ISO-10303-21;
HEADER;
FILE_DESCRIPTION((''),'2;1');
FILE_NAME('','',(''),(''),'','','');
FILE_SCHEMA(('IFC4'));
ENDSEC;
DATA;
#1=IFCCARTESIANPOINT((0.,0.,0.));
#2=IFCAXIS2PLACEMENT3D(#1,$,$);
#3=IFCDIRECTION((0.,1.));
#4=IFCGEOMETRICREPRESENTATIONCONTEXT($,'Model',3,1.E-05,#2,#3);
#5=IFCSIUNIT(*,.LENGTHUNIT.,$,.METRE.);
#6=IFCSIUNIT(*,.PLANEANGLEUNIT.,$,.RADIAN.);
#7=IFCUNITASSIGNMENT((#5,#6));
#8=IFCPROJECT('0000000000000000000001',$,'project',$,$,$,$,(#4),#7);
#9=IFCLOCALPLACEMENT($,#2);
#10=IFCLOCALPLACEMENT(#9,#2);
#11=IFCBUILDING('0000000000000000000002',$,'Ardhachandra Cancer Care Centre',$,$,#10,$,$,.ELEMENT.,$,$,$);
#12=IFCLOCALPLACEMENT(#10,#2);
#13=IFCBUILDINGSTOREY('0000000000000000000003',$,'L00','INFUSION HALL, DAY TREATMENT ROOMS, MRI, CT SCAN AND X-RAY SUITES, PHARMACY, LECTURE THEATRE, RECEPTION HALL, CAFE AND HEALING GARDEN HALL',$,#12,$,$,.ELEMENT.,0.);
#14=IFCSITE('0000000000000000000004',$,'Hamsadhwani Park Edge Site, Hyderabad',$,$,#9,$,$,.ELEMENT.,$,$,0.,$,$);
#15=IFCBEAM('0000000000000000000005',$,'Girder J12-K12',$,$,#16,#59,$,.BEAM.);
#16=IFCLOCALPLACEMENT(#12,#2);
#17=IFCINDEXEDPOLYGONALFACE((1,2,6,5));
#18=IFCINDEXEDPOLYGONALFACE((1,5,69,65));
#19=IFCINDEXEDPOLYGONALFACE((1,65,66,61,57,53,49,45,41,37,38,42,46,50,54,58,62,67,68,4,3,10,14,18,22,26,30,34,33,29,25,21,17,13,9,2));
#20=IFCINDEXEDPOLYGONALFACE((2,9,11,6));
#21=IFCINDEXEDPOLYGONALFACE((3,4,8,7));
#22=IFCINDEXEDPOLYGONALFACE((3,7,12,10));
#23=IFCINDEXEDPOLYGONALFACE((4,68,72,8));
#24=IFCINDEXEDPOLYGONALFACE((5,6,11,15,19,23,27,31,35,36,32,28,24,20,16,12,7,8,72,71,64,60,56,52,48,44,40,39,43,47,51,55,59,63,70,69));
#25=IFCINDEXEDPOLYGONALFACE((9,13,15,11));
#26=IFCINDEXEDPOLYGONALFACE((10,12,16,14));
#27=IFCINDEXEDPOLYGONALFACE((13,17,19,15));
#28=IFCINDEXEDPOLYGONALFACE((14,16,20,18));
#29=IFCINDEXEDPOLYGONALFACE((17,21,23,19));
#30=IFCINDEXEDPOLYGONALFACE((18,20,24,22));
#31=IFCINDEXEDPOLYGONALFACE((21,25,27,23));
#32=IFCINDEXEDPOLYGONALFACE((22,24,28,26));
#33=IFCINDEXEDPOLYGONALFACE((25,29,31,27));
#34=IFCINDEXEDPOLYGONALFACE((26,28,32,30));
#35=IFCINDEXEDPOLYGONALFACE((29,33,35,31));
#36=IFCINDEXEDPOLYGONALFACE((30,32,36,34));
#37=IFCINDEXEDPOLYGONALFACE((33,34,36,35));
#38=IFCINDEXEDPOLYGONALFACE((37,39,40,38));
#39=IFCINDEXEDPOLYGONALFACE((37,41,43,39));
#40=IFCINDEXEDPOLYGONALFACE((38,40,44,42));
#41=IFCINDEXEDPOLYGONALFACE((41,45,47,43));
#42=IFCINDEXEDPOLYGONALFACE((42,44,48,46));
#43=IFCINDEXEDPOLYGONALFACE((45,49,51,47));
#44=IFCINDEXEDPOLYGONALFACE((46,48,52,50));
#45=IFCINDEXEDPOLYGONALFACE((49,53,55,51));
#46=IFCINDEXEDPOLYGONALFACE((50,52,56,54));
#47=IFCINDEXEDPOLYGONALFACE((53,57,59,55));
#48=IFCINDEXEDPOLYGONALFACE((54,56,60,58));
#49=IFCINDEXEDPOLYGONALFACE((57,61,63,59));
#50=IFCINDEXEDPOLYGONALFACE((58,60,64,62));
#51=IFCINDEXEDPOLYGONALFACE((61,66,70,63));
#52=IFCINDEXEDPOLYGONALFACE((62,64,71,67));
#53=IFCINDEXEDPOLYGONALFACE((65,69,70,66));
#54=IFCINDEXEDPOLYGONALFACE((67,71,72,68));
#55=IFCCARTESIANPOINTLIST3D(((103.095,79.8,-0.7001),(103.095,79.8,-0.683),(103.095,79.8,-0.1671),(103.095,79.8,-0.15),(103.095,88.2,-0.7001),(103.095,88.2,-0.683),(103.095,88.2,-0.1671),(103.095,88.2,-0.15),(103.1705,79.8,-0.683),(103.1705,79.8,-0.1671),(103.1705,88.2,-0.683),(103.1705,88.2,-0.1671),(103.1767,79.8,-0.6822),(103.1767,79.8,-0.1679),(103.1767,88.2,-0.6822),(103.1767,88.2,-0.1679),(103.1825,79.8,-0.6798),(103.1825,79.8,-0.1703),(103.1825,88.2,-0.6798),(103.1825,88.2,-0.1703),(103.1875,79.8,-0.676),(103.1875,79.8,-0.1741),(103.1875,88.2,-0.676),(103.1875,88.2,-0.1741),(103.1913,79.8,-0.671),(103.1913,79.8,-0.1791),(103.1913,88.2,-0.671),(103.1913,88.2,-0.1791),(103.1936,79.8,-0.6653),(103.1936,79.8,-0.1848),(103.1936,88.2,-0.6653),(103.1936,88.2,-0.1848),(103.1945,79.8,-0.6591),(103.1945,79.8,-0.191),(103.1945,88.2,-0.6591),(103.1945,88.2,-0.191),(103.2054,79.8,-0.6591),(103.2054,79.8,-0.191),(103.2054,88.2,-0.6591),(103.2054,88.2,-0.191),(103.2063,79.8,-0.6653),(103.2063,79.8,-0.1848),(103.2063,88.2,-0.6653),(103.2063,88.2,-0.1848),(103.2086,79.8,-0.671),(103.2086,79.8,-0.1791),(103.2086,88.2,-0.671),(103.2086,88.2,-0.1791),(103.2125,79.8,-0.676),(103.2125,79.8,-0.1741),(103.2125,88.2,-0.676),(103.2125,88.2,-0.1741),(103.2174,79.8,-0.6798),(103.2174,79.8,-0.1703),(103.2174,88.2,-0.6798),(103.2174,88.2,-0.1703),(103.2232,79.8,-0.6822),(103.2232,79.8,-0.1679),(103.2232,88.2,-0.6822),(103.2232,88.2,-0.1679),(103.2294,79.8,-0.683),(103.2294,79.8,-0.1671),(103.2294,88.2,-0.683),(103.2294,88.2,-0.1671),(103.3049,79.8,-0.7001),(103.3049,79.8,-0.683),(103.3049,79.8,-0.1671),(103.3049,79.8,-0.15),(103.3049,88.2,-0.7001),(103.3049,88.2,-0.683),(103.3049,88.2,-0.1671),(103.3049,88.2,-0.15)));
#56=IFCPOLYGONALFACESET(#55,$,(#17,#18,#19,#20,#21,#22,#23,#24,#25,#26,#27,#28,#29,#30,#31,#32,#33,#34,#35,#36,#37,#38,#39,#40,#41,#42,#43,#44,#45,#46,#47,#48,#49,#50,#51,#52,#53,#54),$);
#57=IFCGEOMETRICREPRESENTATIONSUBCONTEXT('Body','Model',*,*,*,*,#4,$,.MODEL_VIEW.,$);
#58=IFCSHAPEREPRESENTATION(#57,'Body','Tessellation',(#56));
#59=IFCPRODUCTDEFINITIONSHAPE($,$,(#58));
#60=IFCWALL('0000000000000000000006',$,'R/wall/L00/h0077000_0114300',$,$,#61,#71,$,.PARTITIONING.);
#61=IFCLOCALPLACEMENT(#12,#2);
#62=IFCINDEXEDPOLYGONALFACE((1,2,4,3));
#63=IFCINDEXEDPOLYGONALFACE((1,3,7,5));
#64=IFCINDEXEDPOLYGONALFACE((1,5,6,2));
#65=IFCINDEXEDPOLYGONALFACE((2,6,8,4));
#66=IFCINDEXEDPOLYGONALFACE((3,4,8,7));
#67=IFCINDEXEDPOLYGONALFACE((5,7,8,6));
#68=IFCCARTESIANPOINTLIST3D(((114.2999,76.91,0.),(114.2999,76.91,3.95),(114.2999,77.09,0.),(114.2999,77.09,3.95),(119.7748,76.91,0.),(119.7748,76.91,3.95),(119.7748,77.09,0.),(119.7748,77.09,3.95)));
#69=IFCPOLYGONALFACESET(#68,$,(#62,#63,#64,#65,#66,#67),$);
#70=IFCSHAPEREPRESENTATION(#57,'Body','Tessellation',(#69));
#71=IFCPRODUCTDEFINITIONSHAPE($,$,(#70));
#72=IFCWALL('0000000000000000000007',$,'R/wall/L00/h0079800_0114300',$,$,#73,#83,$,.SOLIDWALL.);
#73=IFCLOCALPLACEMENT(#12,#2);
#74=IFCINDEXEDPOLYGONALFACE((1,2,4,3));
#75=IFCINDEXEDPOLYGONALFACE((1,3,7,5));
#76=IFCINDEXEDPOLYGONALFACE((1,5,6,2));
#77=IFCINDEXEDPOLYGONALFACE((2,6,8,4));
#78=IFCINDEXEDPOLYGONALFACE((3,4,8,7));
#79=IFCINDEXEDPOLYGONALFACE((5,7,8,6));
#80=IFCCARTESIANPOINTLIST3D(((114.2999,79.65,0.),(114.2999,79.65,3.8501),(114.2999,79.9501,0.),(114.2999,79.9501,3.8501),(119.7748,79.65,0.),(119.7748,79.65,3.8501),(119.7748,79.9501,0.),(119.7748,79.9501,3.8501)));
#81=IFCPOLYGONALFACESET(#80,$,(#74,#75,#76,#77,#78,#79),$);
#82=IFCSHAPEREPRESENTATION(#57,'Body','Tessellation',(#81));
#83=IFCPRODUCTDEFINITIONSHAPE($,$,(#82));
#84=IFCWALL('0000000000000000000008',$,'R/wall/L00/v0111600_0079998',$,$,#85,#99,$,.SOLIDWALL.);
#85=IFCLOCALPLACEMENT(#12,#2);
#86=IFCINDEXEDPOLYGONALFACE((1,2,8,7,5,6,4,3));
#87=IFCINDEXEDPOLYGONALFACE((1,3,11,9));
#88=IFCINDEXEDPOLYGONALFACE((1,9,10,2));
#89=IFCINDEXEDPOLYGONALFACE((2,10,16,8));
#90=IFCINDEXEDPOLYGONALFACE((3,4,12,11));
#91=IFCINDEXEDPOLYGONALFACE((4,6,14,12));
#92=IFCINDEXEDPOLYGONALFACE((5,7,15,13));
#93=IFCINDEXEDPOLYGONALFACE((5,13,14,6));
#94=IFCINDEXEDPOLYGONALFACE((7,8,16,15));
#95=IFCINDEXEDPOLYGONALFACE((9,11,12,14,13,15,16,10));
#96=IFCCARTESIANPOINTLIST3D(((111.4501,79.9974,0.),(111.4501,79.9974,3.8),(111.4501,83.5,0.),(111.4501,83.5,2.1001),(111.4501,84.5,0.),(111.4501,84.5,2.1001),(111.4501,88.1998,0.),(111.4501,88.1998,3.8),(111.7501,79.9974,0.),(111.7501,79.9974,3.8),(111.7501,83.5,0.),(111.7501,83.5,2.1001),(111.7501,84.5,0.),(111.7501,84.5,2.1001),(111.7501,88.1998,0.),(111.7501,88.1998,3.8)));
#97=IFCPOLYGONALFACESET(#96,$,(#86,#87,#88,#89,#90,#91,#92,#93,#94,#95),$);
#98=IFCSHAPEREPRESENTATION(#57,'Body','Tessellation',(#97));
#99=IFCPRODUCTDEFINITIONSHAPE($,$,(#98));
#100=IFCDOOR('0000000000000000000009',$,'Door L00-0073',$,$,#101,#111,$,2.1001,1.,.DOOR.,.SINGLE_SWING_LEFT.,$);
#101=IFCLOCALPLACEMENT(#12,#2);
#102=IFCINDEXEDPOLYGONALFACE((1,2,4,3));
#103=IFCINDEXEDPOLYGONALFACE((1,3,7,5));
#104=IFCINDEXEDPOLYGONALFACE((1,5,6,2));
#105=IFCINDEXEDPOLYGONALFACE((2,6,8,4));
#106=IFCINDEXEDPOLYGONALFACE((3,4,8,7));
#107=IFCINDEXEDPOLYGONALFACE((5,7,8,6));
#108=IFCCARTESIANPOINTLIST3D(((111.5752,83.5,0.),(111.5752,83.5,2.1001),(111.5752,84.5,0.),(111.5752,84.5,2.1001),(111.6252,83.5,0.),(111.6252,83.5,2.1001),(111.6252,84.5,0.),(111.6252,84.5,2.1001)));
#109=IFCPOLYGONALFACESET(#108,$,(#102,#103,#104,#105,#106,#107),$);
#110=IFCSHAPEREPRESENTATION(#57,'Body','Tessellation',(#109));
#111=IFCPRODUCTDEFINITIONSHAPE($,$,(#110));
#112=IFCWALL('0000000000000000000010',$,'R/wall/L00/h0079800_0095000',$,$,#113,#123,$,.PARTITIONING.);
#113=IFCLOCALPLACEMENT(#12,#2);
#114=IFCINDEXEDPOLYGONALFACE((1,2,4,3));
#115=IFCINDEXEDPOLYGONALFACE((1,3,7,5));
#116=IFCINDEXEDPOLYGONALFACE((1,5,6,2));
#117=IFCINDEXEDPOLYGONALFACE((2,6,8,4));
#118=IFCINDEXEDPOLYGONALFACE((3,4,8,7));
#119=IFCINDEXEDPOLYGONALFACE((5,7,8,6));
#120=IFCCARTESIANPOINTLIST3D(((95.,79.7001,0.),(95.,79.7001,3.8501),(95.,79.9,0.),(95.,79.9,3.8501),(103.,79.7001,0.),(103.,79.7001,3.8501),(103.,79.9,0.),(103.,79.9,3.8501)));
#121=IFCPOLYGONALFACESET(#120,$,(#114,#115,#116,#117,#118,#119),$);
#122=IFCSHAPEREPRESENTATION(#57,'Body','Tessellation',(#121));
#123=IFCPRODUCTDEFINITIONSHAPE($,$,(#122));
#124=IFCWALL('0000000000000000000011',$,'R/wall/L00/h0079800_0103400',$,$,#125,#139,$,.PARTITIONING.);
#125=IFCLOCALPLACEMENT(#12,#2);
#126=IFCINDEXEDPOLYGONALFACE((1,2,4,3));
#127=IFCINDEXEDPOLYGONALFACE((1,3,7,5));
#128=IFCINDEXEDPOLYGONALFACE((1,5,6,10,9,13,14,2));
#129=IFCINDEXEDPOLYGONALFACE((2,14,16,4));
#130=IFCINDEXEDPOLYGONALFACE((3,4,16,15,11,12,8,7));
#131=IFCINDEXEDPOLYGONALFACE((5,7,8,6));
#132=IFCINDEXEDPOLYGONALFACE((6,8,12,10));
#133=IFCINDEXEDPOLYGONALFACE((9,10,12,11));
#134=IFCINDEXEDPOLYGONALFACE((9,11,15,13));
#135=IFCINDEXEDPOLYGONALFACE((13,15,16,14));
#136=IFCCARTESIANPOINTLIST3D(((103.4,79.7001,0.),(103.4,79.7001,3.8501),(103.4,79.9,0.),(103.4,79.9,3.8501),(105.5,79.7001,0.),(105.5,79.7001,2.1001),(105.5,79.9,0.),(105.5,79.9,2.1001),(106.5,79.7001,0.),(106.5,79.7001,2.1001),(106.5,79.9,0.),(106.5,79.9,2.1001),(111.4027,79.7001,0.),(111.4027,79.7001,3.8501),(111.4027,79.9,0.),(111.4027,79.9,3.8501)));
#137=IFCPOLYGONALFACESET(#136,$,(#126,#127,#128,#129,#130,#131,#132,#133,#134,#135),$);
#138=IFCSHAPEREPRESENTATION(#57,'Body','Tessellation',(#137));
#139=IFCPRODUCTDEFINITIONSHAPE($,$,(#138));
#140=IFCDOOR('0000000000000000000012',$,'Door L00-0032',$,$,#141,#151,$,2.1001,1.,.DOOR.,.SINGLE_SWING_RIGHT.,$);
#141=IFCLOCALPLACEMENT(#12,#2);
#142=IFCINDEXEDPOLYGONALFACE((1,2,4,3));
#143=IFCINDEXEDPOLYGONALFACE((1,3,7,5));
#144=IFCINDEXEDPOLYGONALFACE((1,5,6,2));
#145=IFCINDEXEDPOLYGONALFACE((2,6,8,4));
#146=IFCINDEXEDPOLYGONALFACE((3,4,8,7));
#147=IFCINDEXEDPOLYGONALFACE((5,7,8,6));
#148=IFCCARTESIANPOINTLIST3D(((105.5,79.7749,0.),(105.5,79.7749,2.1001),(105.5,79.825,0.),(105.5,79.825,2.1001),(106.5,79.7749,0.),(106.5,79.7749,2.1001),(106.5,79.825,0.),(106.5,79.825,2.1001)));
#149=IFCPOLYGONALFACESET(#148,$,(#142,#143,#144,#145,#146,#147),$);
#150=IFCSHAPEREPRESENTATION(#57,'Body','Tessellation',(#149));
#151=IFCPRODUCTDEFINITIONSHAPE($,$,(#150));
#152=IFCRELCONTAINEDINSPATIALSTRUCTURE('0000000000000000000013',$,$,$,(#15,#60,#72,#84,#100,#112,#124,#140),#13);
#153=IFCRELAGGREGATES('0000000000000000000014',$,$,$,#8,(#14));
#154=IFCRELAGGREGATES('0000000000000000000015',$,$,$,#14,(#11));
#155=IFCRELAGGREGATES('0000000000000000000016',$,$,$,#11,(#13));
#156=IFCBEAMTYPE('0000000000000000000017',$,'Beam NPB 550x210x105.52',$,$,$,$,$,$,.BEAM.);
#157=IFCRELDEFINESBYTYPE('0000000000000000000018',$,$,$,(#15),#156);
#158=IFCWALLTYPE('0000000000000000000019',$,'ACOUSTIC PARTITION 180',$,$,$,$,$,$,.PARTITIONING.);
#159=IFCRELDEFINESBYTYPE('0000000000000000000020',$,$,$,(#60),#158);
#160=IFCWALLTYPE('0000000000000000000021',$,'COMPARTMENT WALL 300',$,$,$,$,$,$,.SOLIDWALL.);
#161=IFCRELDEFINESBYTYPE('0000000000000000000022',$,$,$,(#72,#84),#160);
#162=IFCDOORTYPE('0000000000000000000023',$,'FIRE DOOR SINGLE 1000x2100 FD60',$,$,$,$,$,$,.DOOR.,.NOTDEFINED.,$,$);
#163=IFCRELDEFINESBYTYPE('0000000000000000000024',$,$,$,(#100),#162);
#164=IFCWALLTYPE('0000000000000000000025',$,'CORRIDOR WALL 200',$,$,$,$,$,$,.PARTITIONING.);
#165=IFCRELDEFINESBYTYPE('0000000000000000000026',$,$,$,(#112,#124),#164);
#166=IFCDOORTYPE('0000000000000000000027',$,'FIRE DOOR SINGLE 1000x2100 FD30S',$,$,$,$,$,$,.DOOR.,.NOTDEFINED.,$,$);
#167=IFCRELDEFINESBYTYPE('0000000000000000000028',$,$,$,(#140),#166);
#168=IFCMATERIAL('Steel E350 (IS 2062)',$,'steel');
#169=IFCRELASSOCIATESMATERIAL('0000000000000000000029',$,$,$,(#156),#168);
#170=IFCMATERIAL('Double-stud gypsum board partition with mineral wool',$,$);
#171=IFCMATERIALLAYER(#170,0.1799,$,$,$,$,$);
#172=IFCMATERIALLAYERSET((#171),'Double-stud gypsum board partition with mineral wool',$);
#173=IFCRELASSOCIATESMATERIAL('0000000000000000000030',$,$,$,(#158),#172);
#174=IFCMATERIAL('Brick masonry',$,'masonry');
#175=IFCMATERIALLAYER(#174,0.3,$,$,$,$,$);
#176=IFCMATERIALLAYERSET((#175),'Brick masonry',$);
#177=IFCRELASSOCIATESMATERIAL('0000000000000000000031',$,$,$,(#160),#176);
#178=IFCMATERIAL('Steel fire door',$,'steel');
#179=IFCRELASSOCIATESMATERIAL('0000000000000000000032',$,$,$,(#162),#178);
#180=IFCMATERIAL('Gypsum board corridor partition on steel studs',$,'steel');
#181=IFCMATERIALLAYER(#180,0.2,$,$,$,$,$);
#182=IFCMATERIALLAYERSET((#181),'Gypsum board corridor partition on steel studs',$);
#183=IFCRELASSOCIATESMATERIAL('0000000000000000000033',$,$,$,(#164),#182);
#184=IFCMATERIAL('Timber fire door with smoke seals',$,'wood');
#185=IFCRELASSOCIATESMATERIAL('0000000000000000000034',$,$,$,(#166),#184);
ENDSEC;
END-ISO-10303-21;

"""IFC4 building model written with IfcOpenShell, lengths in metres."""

from ifc_helpers import new_model, si_unit, direction, frame, frame_2d, origin, origin_2d, place, context, subcontext, project, spatial, rectangle, i_section, extrude, material, layer, layer_set, material_profile, profile_set, type_object, element, fill, save


model = new_model("IFC4")

# Units and contexts
model_context = context("Model", 3, precision=1e-05, world=origin(), true_north=direction((0.0, 1.0)))
body_context = subcontext(model_context, "Body", "Model", "MODEL_VIEW")
ifc_project = project(units=[si_unit("LENGTHUNIT", "METRE"), si_unit("PLANEANGLEUNIT", "RADIAN")], contexts=[model_context])

# Site, building, storey
site_placement = place(None, origin())
site = spatial("IfcSite", under=ifc_project, at=site_placement, Name="Hamsadhwani Park Edge Site, Hyderabad", CompositionType="ELEMENT", RefElevation=0.0)
building_placement = place(site_placement, origin())
building = spatial("IfcBuilding", under=site, at=building_placement, Name="Ardhachandra Cancer Care Centre", CompositionType="ELEMENT")
storey_placement = place(building_placement, origin())
storey = spatial("IfcBuildingStorey", under=building, at=storey_placement, Name="L00", Description="INFUSION HALL, DAY TREATMENT ROOMS, MRI, CT SCAN AND X-RAY SUITES, PHARMACY, LECTURE THEATRE, RECEPTION HALL, CAFE AND HEALING GARDEN HALL", CompositionType="ELEMENT", Elevation=0.0)

# Beam
ifc_material_1 = material(Name="Steel E350 (IS 2062)", Category="steel")
ifc_material_profile_1 = material_profile(ifc_material_1, i_section(OverallWidth=0.21, OverallDepth=0.55, WebThickness=0.011, FlangeThickness=0.0171, FilletRadius=0.0239, at=origin_2d()), Name="NPB 550x210x105.52")
ifc_profile_set_1 = profile_set([ifc_material_profile_1], Name="Steel E350 (IS 2062)")
beam_type_1 = type_object("IfcBeamType", Name="Beam NPB 550x210x105.52", PredefinedType="BEAM", material=ifc_profile_set_1)
for number, where, z_axis, x_axis, name in (
    (1, (103.2, 79.8, -0.425), (0.0, 1.0, 0.0), (-1.0, 0.0, 0.0), "Girder J12-K12"),
):
    element("IfcBeam", number, at=place(storey_placement, frame(where, z_axis=z_axis, x_axis=x_axis)), inside=storey, type_object=beam_type_1, Name=name, PredefinedType="BEAM", context=body_context, shape_type="SweptSolid", body=[
        extrude(i_section(OverallWidth=0.21, OverallDepth=0.55, WebThickness=0.011, FlangeThickness=0.0171, FilletRadius=0.0239, at=origin_2d()), origin(), (0.0, 0.0, 1.0), 8.3999),
    ])

# Walls
ifc_material_2 = material(Name="Double-stud gypsum board partition with mineral wool")
ifc_layer_1 = layer(ifc_material_2, 0.1799)
ifc_layer_set_1 = layer_set([ifc_layer_1], Name="Double-stud gypsum board partition with mineral wool")
wall_type_1 = type_object("IfcWallType", Name="ACOUSTIC PARTITION 180", PredefinedType="PARTITIONING", material=ifc_layer_set_1)
wall_1_placement = place(storey_placement, frame((114.3, 77.0, 0.0), z_axis=(0.0, 0.0, 1.0), x_axis=(1.0, 0.0, 0.0)))
element("IfcWall", 2, at=wall_1_placement, inside=storey, type_object=wall_type_1, Name="R/wall/L00/h0077000_0114300", PredefinedType="PARTITIONING", context=body_context, shape_type="SweptSolid", body=[
    extrude(rectangle(XDim=5.4749, YDim=0.1799, at=frame_2d((2.7373, 0.0))), origin(), (0.0, 0.0, 1.0), 3.95),
])
ifc_material_3 = material(Name="Brick masonry", Category="masonry")
ifc_layer_2 = layer(ifc_material_3, 0.3)
ifc_layer_set_2 = layer_set([ifc_layer_2], Name="Brick masonry")
wall_type_2 = type_object("IfcWallType", Name="COMPARTMENT WALL 300", PredefinedType="SOLIDWALL", material=ifc_layer_set_2)
wall_2_placement = place(storey_placement, frame((114.3, 79.8, 0.0), z_axis=(0.0, 0.0, 1.0), x_axis=(1.0, 0.0, 0.0)))
element("IfcWall", 3, at=wall_2_placement, inside=storey, type_object=wall_type_2, Name="R/wall/L00/h0079800_0114300", PredefinedType="SOLIDWALL", context=body_context, shape_type="SweptSolid", body=[
    extrude(rectangle(XDim=5.4749, YDim=0.3, at=frame_2d((2.7373, 0.0))), origin(), (0.0, 0.0, 1.0), 3.8501),
])

# Wall, opening, door
wall_3_placement = place(storey_placement, frame((111.6001, 79.9976, 0.0), z_axis=(0.0, 0.0, 1.0), x_axis=(0.0, 1.0, 0.0)))
wall_3 = element("IfcWall", 4, at=wall_3_placement, inside=storey, type_object=wall_type_2, Name="R/wall/L00/v0111600_0079998", PredefinedType="SOLIDWALL", context=body_context, shape_type="SweptSolid", body=[
    extrude(rectangle(XDim=8.2024, YDim=0.3, at=frame_2d((4.1011, 0.0))), origin(), (0.0, 0.0, 1.0), 3.8),
])
opening_1_placement = place(wall_3_placement, frame((3.5024, 0.0, 0.0)))
opening_1 = element("IfcOpeningElement", 5, at=opening_1_placement, cuts=wall_3, PredefinedType="OPENING", context=body_context, shape_type="SweptSolid", body=[
    extrude(rectangle(XDim=1.0, YDim=2.1001, at=frame_2d((0.5, 1.05))), frame((0.0, 0.1602, 0.0), z_axis=(0.0, -1.0, 0.0), x_axis=(1.0, 0.0, 0.0)), (0.0, 0.0, 1.0), 0.3201),
])
ifc_material_4 = material(Name="Steel fire door", Category="steel")
door_type_1 = type_object("IfcDoorType", Name="FIRE DOOR SINGLE 1000x2100 FD60", OperationType="NOTDEFINED", PredefinedType="DOOR", material=ifc_material_4)
door_1_placement = place(opening_1_placement, origin())
door_1 = element("IfcDoor", 6, at=door_1_placement, inside=storey, type_object=door_type_1, Name="Door L00-0073", OperationType="SINGLE_SWING_LEFT", OverallHeight=2.1001, OverallWidth=1.0, PredefinedType="DOOR", context=body_context, shape_type="SweptSolid", body=[
    extrude(rectangle(XDim=1.0, YDim=2.1001, at=frame_2d((0.5, 1.05))), frame((0.0, 0.0249, 0.0), z_axis=(0.0, -1.0, 0.0), x_axis=(1.0, 0.0, 0.0)), (0.0, 0.0, 1.0), 0.05),
])
fill(opening_1, door_1)

# Wall
ifc_material_5 = material(Name="Gypsum board corridor partition on steel studs", Category="steel")
ifc_layer_3 = layer(ifc_material_5, 0.2)
ifc_layer_set_3 = layer_set([ifc_layer_3], Name="Gypsum board corridor partition on steel studs")
wall_type_3 = type_object("IfcWallType", Name="CORRIDOR WALL 200", PredefinedType="PARTITIONING", material=ifc_layer_set_3)
wall_4_placement = place(storey_placement, frame((95.0, 79.8, 0.0), z_axis=(0.0, 0.0, 1.0), x_axis=(1.0, 0.0, 0.0)))
element("IfcWall", 7, at=wall_4_placement, inside=storey, type_object=wall_type_3, Name="R/wall/L00/h0079800_0095000", PredefinedType="PARTITIONING", context=body_context, shape_type="SweptSolid", body=[
    extrude(rectangle(XDim=8.0, YDim=0.2, at=frame_2d((4.0, 0.0))), origin(), (0.0, 0.0, 1.0), 3.8501),
])

# Wall, opening, door
wall_5_placement = place(storey_placement, frame((103.3999, 79.8, 0.0), z_axis=(0.0, 0.0, 1.0), x_axis=(1.0, 0.0, 0.0)))
wall_5 = element("IfcWall", 8, at=wall_5_placement, inside=storey, type_object=wall_type_3, Name="R/wall/L00/h0079800_0103400", PredefinedType="PARTITIONING", context=body_context, shape_type="SweptSolid", body=[
    extrude(rectangle(XDim=8.0027, YDim=0.2, at=frame_2d((4.0015, 0.0))), origin(), (0.0, 0.0, 1.0), 3.8501),
])
opening_2_placement = place(wall_5_placement, frame((2.1001, 0.0, 0.0)))
opening_2 = element("IfcOpeningElement", 9, at=opening_2_placement, cuts=wall_5, PredefinedType="OPENING", context=body_context, shape_type="SweptSolid", body=[
    extrude(rectangle(XDim=1.0, YDim=2.1001, at=frame_2d((0.5, 1.05))), frame((0.0, 0.1099, 0.0), z_axis=(0.0, -1.0, 0.0), x_axis=(1.0, 0.0, 0.0)), (0.0, 0.0, 1.0), 0.22),
])
ifc_material_6 = material(Name="Timber fire door with smoke seals", Category="wood")
door_type_2 = type_object("IfcDoorType", Name="FIRE DOOR SINGLE 1000x2100 FD30S", OperationType="NOTDEFINED", PredefinedType="DOOR", material=ifc_material_6)
door_2_placement = place(opening_2_placement, origin())
door_2 = element("IfcDoor", 10, at=door_2_placement, inside=storey, type_object=door_type_2, Name="Door L00-0032", OperationType="SINGLE_SWING_RIGHT", OverallHeight=2.1001, OverallWidth=1.0, PredefinedType="DOOR", context=body_context, shape_type="SweptSolid", body=[
    extrude(rectangle(XDim=1.0, YDim=2.1001, at=frame_2d((0.5, 1.05))), frame((0.0, 0.0249, 0.0), z_axis=(0.0, -1.0, 0.0), x_axis=(1.0, 0.0, 0.0)), (0.0, 0.0, 1.0), 0.05),
])
fill(opening_2, door_2)

save(model, "model.ifc")
